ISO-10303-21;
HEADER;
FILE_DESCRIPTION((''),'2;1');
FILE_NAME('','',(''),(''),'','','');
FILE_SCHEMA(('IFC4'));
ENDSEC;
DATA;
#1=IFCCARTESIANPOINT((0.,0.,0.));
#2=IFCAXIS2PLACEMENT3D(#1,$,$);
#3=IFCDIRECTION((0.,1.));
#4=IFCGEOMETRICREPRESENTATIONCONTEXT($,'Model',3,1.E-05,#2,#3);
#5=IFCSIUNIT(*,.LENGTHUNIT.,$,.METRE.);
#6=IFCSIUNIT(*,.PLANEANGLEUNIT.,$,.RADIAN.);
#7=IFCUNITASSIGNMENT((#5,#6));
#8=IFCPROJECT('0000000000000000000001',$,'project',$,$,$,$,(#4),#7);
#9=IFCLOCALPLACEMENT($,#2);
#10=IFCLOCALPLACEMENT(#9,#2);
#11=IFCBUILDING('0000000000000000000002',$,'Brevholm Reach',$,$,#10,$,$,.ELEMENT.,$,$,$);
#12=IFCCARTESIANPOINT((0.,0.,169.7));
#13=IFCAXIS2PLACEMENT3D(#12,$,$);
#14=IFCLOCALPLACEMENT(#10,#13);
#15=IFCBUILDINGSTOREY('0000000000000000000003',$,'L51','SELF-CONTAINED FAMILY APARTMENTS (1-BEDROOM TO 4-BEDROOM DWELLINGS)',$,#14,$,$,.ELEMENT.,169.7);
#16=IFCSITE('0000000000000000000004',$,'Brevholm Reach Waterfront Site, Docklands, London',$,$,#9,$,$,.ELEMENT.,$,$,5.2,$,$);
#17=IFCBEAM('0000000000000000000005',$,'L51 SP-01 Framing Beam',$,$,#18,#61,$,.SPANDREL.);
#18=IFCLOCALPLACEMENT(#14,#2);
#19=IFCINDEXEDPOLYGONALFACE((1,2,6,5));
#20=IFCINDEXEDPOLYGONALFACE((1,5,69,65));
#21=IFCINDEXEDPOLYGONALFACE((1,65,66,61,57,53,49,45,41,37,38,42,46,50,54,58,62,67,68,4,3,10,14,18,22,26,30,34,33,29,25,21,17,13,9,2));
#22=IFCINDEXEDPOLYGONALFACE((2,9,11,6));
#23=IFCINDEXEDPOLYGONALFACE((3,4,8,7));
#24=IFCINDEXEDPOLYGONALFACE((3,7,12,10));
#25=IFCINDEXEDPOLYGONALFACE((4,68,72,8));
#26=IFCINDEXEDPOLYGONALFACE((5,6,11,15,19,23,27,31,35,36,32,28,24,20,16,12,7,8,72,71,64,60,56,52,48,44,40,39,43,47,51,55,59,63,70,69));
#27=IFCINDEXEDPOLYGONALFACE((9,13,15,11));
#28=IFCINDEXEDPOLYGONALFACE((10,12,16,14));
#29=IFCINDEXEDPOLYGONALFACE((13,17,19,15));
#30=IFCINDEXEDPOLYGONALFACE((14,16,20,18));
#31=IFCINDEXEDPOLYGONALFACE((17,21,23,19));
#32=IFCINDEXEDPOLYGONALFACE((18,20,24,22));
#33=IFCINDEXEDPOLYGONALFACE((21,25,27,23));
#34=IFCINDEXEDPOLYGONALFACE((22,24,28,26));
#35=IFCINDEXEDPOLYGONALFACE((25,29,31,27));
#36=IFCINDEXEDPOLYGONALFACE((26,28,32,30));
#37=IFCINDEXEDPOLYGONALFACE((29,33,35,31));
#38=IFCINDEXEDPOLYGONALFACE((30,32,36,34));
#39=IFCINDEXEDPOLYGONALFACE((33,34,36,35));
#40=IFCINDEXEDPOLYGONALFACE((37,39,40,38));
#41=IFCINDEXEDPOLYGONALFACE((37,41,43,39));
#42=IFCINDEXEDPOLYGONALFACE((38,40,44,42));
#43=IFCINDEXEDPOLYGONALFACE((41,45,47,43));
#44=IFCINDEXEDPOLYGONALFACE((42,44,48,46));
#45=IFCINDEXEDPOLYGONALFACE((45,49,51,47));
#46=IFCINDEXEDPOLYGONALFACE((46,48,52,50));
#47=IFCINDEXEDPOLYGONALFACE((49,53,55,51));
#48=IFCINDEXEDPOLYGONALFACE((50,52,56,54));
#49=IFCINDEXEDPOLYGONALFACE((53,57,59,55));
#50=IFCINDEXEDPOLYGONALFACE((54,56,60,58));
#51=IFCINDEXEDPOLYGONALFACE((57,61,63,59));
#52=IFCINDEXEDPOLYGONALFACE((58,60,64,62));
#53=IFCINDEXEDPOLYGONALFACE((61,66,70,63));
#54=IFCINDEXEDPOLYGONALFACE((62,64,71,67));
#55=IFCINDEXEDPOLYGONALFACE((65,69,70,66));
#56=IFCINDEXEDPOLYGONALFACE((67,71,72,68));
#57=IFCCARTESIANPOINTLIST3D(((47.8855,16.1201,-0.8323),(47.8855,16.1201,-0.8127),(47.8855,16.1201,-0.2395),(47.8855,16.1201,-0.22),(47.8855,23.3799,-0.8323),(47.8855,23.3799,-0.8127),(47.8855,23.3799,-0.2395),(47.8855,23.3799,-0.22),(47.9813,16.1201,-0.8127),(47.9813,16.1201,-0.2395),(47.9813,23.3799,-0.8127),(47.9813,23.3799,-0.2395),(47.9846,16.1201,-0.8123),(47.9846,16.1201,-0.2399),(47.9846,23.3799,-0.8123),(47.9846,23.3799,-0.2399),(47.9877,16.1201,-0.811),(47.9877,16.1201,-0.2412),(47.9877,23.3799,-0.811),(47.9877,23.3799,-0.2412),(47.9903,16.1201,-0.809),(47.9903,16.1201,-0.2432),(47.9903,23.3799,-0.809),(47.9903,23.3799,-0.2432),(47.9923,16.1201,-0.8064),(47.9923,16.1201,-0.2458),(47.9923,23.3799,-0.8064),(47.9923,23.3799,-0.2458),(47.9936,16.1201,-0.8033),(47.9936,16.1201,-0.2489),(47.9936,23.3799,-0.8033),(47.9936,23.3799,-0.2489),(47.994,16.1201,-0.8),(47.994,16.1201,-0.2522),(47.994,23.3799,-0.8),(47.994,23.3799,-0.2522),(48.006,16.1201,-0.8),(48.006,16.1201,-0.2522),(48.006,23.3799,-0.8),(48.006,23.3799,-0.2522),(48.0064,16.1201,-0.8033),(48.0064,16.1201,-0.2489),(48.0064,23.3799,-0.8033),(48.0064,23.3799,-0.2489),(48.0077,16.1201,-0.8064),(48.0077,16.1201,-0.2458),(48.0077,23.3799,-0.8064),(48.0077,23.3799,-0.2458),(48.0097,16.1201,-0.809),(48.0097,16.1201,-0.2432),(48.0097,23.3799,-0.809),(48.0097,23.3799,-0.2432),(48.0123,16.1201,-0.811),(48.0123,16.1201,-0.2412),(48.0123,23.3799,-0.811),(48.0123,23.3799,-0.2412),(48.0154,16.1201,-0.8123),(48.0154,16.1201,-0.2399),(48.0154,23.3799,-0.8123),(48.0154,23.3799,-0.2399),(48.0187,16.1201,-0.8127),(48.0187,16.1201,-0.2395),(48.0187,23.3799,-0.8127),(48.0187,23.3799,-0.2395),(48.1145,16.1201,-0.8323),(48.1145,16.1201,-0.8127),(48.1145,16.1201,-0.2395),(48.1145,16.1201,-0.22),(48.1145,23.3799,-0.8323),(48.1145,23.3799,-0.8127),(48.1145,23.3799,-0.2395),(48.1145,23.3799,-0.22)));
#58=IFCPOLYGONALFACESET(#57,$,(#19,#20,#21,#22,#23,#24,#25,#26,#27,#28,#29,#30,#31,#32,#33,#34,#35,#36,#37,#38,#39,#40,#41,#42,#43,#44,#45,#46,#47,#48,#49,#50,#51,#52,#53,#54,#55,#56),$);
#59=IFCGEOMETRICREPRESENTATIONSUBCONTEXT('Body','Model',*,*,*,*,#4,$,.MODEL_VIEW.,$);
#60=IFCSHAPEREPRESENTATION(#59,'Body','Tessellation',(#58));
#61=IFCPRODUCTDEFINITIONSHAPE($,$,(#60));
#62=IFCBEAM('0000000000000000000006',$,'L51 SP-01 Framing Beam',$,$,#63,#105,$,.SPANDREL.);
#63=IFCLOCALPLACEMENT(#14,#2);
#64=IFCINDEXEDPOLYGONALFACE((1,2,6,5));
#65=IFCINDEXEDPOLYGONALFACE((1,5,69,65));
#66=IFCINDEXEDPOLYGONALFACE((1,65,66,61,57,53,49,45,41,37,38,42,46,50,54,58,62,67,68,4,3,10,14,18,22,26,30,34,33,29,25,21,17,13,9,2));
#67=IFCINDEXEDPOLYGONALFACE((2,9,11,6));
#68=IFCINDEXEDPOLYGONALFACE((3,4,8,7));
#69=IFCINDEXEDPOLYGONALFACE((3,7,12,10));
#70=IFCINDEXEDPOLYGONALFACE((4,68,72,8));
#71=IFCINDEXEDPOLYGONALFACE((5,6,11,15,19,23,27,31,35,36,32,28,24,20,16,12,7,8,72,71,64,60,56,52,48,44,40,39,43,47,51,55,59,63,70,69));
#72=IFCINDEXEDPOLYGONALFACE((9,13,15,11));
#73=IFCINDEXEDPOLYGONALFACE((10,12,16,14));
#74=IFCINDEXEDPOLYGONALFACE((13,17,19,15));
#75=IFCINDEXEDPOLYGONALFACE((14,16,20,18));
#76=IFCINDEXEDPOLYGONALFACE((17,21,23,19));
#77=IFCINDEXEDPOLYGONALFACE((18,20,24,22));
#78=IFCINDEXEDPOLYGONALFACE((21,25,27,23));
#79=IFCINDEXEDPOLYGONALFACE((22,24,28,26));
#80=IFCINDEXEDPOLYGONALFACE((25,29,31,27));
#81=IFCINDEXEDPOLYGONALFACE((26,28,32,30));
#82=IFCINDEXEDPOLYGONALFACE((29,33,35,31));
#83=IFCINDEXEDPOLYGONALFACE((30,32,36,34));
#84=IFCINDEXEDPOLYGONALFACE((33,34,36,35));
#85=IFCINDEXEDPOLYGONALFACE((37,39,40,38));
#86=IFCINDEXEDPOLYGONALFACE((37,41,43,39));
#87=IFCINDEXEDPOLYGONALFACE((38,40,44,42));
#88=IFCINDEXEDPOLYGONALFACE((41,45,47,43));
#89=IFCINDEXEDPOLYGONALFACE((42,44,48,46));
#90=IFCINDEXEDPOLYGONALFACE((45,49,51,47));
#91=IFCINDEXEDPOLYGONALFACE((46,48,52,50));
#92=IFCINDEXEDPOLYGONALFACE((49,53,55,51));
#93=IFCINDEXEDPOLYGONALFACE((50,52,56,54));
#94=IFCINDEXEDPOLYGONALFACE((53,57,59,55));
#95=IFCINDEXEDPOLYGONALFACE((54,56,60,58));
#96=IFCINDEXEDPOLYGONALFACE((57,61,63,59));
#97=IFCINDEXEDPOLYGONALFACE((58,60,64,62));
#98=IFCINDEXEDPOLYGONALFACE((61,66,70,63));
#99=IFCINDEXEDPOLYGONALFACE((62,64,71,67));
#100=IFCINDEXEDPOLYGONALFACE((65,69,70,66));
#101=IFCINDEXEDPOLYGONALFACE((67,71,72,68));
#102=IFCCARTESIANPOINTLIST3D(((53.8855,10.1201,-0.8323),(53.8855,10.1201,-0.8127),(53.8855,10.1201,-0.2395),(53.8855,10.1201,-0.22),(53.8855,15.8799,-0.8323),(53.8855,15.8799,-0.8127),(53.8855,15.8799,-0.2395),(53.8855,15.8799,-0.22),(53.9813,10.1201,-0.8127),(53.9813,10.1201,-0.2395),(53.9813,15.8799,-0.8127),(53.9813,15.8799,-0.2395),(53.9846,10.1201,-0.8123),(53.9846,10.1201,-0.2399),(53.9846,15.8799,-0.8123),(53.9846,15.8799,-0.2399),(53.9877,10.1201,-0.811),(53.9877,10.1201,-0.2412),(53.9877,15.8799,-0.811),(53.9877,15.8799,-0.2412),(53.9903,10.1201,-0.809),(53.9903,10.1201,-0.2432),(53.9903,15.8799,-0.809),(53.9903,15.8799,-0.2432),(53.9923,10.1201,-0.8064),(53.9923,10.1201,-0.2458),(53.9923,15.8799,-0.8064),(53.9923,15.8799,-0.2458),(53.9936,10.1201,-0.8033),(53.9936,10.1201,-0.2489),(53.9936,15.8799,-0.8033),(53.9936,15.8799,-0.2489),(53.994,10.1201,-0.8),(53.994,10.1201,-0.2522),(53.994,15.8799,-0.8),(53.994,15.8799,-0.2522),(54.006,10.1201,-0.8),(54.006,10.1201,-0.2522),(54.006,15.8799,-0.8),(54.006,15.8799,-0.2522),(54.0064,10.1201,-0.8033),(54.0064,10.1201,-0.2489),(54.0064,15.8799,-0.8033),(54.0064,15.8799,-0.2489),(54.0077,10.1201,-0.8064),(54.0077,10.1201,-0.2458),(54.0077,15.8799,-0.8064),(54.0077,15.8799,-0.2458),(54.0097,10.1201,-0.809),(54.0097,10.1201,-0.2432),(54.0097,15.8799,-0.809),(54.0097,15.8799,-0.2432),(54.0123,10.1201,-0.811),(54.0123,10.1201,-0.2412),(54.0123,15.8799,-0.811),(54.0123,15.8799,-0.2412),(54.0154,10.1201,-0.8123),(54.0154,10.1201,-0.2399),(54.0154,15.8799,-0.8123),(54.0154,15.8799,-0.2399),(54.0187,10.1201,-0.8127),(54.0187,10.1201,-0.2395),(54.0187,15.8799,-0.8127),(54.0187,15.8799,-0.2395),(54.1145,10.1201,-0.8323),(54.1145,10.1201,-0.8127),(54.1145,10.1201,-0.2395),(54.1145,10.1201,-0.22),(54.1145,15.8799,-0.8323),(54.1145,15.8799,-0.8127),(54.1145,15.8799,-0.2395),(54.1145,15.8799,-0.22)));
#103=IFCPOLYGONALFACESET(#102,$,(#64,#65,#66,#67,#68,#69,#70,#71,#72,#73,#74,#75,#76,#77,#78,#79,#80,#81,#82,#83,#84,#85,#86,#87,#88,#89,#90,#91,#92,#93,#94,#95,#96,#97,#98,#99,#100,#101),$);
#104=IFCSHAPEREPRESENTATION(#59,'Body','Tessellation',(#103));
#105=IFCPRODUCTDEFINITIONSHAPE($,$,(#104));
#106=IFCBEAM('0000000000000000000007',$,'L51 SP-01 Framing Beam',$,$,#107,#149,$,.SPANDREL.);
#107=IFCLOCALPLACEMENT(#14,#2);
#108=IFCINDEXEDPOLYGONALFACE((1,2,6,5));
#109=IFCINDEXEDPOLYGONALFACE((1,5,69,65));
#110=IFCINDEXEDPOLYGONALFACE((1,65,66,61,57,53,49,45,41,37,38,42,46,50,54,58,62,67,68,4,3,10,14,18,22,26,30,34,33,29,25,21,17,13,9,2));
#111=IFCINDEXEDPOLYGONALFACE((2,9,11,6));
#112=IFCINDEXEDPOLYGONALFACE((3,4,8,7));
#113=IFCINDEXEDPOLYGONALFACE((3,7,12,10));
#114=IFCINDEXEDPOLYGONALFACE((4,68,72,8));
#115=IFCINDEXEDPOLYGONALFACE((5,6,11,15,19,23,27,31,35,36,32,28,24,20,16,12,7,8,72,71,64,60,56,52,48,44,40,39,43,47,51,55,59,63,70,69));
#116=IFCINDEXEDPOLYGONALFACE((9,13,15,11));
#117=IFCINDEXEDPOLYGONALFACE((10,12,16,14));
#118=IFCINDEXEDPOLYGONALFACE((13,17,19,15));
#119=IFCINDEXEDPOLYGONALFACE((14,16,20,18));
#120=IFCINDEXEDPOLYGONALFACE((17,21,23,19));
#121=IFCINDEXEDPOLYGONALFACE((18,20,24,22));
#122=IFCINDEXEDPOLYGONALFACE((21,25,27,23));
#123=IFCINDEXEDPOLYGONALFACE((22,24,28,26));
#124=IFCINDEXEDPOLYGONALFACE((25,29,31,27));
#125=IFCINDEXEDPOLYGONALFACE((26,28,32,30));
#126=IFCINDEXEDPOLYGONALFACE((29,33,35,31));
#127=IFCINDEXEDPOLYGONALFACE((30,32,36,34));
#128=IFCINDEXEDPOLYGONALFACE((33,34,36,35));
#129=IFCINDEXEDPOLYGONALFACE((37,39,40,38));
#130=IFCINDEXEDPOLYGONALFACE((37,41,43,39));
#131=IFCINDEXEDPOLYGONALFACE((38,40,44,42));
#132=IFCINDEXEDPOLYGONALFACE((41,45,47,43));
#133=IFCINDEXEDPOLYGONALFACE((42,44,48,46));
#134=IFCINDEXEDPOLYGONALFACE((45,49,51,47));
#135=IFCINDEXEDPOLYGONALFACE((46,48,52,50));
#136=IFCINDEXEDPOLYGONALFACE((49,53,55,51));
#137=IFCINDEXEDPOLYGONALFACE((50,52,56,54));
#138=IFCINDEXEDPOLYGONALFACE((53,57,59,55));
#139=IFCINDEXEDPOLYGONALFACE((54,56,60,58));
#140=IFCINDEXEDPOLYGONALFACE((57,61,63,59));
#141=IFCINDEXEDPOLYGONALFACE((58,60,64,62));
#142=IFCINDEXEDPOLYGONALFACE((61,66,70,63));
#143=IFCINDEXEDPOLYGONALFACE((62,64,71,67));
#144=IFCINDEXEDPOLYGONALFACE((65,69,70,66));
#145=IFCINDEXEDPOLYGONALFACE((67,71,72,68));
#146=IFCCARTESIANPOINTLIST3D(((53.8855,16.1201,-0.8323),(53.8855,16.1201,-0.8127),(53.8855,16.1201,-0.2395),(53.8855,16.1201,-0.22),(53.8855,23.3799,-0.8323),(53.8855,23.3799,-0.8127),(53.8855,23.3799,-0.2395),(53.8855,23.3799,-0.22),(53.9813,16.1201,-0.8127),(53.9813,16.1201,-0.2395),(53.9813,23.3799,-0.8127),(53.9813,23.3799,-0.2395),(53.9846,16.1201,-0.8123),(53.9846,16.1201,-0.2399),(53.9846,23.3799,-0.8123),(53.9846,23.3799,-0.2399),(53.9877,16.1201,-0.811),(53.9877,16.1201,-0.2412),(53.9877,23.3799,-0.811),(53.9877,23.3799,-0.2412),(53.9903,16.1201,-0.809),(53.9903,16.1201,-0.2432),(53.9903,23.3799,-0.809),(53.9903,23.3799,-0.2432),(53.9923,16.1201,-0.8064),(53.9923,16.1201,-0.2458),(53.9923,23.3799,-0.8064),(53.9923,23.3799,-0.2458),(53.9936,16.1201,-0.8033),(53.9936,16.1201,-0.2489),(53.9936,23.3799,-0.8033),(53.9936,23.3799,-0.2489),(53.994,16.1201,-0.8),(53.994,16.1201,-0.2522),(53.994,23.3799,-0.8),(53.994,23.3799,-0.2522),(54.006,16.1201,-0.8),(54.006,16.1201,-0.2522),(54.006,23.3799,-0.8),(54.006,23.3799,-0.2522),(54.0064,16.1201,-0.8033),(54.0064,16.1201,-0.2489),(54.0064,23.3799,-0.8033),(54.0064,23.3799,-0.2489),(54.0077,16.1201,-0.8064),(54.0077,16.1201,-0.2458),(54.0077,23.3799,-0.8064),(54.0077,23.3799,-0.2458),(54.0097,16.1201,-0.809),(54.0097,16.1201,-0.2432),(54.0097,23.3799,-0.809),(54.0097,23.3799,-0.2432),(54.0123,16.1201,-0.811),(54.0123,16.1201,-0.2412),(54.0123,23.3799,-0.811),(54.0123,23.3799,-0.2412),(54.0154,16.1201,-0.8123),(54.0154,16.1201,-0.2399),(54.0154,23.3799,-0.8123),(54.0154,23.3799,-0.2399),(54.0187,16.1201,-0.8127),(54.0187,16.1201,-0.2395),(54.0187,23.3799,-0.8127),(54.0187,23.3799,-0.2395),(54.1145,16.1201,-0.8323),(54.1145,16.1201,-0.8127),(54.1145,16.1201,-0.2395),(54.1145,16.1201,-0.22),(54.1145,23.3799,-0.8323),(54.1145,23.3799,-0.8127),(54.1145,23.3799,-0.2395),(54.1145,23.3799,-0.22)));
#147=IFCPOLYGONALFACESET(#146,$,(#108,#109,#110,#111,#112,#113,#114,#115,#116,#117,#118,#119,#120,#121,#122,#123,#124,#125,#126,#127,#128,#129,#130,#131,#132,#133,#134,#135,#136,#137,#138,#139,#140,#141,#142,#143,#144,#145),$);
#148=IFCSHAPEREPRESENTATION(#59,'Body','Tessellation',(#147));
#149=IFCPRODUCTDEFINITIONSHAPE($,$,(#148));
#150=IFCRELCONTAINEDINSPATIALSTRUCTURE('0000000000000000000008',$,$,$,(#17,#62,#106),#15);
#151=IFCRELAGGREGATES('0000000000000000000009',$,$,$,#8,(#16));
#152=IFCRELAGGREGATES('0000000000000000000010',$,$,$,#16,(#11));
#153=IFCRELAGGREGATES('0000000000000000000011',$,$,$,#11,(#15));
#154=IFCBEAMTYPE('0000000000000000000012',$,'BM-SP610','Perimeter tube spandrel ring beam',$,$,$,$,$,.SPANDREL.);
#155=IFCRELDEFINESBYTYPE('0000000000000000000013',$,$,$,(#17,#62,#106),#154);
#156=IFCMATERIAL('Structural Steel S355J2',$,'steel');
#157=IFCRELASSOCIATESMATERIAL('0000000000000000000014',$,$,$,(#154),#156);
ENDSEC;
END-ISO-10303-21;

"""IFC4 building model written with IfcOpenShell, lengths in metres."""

from ifc_helpers import new_model, si_unit, direction, frame, origin, origin_2d, place, context, subcontext, project, spatial, i_section, extrude, material, material_profile, profile_set, type_object, element, save


model = new_model("IFC4")

# Units and contexts
model_context = context("Model", 3, precision=1e-05, world=origin(), true_north=direction((0.0, 1.0)))
body_context = subcontext(model_context, "Body", "Model", "MODEL_VIEW")
ifc_project = project(units=[si_unit("LENGTHUNIT", "METRE"), si_unit("PLANEANGLEUNIT", "RADIAN")], contexts=[model_context])

# Site, building, storey
site_placement = place(None, origin())
site = spatial("IfcSite", under=ifc_project, at=site_placement, Name="Brevholm Reach Waterfront Site, Docklands, London", CompositionType="ELEMENT", RefElevation=5.2)
building_placement = place(site_placement, origin())
building = spatial("IfcBuilding", under=site, at=building_placement, Name="Brevholm Reach", CompositionType="ELEMENT")
storey_placement = place(building_placement, frame((0.0, 0.0, 169.7)))
storey = spatial("IfcBuildingStorey", under=building, at=storey_placement, Name="L51", Description="SELF-CONTAINED FAMILY APARTMENTS (1-BEDROOM TO 4-BEDROOM DWELLINGS)", CompositionType="ELEMENT", Elevation=169.7)

# Beams
ifc_material_1 = material(Name="Structural Steel S355J2", Category="steel")
ifc_material_profile_1 = material_profile(ifc_material_1, i_section(OverallWidth=0.229, OverallDepth=0.6123, WebThickness=0.012, FlangeThickness=0.0195, FilletRadius=0.0127, at=origin_2d()), Name="UKB 610x229x125")
ifc_profile_set_1 = profile_set([ifc_material_profile_1], Name="Structural Steel S355J2")
beam_type_1 = type_object("IfcBeamType", Name="BM-SP610", Description="Perimeter tube spandrel ring beam", PredefinedType="SPANDREL", material=ifc_profile_set_1)
beam_1_placement = place(storey_placement, frame((48.0, 16.1201, -0.5261), z_axis=(0.0, 1.0, 0.0), x_axis=(-1.0, 0.0, 0.0)))
element("IfcBeam", 1, at=beam_1_placement, inside=storey, type_object=beam_type_1, Name="L51 SP-01 Framing Beam", PredefinedType="SPANDREL", context=body_context, shape_type="SweptSolid", body=[
    extrude(i_section(OverallWidth=0.229, OverallDepth=0.6123, WebThickness=0.012, FlangeThickness=0.0195, FilletRadius=0.0127, at=origin_2d()), origin(), (0.0, 0.0, 1.0), 7.2598),
])
beam_2_placement = place(storey_placement, frame((54.0, 10.1201, -0.5261), z_axis=(0.0, 1.0, 0.0), x_axis=(-1.0, 0.0, 0.0)))
element("IfcBeam", 2, at=beam_2_placement, inside=storey, type_object=beam_type_1, Name="L51 SP-01 Framing Beam", PredefinedType="SPANDREL", context=body_context, shape_type="SweptSolid", body=[
    extrude(i_section(OverallWidth=0.229, OverallDepth=0.6123, WebThickness=0.012, FlangeThickness=0.0195, FilletRadius=0.0127, at=origin_2d()), origin(), (0.0, 0.0, 1.0), 5.7598),
])
beam_3_placement = place(storey_placement, frame((54.0, 16.1201, -0.5261), z_axis=(0.0, 1.0, 0.0), x_axis=(-1.0, 0.0, 0.0)))
element("IfcBeam", 3, at=beam_3_placement, inside=storey, type_object=beam_type_1, Name="L51 SP-01 Framing Beam", PredefinedType="SPANDREL", context=body_context, shape_type="SweptSolid", body=[
    extrude(i_section(OverallWidth=0.229, OverallDepth=0.6123, WebThickness=0.012, FlangeThickness=0.0195, FilletRadius=0.0127, at=origin_2d()), origin(), (0.0, 0.0, 1.0), 7.2598),
])

save(model, "model.ifc")
